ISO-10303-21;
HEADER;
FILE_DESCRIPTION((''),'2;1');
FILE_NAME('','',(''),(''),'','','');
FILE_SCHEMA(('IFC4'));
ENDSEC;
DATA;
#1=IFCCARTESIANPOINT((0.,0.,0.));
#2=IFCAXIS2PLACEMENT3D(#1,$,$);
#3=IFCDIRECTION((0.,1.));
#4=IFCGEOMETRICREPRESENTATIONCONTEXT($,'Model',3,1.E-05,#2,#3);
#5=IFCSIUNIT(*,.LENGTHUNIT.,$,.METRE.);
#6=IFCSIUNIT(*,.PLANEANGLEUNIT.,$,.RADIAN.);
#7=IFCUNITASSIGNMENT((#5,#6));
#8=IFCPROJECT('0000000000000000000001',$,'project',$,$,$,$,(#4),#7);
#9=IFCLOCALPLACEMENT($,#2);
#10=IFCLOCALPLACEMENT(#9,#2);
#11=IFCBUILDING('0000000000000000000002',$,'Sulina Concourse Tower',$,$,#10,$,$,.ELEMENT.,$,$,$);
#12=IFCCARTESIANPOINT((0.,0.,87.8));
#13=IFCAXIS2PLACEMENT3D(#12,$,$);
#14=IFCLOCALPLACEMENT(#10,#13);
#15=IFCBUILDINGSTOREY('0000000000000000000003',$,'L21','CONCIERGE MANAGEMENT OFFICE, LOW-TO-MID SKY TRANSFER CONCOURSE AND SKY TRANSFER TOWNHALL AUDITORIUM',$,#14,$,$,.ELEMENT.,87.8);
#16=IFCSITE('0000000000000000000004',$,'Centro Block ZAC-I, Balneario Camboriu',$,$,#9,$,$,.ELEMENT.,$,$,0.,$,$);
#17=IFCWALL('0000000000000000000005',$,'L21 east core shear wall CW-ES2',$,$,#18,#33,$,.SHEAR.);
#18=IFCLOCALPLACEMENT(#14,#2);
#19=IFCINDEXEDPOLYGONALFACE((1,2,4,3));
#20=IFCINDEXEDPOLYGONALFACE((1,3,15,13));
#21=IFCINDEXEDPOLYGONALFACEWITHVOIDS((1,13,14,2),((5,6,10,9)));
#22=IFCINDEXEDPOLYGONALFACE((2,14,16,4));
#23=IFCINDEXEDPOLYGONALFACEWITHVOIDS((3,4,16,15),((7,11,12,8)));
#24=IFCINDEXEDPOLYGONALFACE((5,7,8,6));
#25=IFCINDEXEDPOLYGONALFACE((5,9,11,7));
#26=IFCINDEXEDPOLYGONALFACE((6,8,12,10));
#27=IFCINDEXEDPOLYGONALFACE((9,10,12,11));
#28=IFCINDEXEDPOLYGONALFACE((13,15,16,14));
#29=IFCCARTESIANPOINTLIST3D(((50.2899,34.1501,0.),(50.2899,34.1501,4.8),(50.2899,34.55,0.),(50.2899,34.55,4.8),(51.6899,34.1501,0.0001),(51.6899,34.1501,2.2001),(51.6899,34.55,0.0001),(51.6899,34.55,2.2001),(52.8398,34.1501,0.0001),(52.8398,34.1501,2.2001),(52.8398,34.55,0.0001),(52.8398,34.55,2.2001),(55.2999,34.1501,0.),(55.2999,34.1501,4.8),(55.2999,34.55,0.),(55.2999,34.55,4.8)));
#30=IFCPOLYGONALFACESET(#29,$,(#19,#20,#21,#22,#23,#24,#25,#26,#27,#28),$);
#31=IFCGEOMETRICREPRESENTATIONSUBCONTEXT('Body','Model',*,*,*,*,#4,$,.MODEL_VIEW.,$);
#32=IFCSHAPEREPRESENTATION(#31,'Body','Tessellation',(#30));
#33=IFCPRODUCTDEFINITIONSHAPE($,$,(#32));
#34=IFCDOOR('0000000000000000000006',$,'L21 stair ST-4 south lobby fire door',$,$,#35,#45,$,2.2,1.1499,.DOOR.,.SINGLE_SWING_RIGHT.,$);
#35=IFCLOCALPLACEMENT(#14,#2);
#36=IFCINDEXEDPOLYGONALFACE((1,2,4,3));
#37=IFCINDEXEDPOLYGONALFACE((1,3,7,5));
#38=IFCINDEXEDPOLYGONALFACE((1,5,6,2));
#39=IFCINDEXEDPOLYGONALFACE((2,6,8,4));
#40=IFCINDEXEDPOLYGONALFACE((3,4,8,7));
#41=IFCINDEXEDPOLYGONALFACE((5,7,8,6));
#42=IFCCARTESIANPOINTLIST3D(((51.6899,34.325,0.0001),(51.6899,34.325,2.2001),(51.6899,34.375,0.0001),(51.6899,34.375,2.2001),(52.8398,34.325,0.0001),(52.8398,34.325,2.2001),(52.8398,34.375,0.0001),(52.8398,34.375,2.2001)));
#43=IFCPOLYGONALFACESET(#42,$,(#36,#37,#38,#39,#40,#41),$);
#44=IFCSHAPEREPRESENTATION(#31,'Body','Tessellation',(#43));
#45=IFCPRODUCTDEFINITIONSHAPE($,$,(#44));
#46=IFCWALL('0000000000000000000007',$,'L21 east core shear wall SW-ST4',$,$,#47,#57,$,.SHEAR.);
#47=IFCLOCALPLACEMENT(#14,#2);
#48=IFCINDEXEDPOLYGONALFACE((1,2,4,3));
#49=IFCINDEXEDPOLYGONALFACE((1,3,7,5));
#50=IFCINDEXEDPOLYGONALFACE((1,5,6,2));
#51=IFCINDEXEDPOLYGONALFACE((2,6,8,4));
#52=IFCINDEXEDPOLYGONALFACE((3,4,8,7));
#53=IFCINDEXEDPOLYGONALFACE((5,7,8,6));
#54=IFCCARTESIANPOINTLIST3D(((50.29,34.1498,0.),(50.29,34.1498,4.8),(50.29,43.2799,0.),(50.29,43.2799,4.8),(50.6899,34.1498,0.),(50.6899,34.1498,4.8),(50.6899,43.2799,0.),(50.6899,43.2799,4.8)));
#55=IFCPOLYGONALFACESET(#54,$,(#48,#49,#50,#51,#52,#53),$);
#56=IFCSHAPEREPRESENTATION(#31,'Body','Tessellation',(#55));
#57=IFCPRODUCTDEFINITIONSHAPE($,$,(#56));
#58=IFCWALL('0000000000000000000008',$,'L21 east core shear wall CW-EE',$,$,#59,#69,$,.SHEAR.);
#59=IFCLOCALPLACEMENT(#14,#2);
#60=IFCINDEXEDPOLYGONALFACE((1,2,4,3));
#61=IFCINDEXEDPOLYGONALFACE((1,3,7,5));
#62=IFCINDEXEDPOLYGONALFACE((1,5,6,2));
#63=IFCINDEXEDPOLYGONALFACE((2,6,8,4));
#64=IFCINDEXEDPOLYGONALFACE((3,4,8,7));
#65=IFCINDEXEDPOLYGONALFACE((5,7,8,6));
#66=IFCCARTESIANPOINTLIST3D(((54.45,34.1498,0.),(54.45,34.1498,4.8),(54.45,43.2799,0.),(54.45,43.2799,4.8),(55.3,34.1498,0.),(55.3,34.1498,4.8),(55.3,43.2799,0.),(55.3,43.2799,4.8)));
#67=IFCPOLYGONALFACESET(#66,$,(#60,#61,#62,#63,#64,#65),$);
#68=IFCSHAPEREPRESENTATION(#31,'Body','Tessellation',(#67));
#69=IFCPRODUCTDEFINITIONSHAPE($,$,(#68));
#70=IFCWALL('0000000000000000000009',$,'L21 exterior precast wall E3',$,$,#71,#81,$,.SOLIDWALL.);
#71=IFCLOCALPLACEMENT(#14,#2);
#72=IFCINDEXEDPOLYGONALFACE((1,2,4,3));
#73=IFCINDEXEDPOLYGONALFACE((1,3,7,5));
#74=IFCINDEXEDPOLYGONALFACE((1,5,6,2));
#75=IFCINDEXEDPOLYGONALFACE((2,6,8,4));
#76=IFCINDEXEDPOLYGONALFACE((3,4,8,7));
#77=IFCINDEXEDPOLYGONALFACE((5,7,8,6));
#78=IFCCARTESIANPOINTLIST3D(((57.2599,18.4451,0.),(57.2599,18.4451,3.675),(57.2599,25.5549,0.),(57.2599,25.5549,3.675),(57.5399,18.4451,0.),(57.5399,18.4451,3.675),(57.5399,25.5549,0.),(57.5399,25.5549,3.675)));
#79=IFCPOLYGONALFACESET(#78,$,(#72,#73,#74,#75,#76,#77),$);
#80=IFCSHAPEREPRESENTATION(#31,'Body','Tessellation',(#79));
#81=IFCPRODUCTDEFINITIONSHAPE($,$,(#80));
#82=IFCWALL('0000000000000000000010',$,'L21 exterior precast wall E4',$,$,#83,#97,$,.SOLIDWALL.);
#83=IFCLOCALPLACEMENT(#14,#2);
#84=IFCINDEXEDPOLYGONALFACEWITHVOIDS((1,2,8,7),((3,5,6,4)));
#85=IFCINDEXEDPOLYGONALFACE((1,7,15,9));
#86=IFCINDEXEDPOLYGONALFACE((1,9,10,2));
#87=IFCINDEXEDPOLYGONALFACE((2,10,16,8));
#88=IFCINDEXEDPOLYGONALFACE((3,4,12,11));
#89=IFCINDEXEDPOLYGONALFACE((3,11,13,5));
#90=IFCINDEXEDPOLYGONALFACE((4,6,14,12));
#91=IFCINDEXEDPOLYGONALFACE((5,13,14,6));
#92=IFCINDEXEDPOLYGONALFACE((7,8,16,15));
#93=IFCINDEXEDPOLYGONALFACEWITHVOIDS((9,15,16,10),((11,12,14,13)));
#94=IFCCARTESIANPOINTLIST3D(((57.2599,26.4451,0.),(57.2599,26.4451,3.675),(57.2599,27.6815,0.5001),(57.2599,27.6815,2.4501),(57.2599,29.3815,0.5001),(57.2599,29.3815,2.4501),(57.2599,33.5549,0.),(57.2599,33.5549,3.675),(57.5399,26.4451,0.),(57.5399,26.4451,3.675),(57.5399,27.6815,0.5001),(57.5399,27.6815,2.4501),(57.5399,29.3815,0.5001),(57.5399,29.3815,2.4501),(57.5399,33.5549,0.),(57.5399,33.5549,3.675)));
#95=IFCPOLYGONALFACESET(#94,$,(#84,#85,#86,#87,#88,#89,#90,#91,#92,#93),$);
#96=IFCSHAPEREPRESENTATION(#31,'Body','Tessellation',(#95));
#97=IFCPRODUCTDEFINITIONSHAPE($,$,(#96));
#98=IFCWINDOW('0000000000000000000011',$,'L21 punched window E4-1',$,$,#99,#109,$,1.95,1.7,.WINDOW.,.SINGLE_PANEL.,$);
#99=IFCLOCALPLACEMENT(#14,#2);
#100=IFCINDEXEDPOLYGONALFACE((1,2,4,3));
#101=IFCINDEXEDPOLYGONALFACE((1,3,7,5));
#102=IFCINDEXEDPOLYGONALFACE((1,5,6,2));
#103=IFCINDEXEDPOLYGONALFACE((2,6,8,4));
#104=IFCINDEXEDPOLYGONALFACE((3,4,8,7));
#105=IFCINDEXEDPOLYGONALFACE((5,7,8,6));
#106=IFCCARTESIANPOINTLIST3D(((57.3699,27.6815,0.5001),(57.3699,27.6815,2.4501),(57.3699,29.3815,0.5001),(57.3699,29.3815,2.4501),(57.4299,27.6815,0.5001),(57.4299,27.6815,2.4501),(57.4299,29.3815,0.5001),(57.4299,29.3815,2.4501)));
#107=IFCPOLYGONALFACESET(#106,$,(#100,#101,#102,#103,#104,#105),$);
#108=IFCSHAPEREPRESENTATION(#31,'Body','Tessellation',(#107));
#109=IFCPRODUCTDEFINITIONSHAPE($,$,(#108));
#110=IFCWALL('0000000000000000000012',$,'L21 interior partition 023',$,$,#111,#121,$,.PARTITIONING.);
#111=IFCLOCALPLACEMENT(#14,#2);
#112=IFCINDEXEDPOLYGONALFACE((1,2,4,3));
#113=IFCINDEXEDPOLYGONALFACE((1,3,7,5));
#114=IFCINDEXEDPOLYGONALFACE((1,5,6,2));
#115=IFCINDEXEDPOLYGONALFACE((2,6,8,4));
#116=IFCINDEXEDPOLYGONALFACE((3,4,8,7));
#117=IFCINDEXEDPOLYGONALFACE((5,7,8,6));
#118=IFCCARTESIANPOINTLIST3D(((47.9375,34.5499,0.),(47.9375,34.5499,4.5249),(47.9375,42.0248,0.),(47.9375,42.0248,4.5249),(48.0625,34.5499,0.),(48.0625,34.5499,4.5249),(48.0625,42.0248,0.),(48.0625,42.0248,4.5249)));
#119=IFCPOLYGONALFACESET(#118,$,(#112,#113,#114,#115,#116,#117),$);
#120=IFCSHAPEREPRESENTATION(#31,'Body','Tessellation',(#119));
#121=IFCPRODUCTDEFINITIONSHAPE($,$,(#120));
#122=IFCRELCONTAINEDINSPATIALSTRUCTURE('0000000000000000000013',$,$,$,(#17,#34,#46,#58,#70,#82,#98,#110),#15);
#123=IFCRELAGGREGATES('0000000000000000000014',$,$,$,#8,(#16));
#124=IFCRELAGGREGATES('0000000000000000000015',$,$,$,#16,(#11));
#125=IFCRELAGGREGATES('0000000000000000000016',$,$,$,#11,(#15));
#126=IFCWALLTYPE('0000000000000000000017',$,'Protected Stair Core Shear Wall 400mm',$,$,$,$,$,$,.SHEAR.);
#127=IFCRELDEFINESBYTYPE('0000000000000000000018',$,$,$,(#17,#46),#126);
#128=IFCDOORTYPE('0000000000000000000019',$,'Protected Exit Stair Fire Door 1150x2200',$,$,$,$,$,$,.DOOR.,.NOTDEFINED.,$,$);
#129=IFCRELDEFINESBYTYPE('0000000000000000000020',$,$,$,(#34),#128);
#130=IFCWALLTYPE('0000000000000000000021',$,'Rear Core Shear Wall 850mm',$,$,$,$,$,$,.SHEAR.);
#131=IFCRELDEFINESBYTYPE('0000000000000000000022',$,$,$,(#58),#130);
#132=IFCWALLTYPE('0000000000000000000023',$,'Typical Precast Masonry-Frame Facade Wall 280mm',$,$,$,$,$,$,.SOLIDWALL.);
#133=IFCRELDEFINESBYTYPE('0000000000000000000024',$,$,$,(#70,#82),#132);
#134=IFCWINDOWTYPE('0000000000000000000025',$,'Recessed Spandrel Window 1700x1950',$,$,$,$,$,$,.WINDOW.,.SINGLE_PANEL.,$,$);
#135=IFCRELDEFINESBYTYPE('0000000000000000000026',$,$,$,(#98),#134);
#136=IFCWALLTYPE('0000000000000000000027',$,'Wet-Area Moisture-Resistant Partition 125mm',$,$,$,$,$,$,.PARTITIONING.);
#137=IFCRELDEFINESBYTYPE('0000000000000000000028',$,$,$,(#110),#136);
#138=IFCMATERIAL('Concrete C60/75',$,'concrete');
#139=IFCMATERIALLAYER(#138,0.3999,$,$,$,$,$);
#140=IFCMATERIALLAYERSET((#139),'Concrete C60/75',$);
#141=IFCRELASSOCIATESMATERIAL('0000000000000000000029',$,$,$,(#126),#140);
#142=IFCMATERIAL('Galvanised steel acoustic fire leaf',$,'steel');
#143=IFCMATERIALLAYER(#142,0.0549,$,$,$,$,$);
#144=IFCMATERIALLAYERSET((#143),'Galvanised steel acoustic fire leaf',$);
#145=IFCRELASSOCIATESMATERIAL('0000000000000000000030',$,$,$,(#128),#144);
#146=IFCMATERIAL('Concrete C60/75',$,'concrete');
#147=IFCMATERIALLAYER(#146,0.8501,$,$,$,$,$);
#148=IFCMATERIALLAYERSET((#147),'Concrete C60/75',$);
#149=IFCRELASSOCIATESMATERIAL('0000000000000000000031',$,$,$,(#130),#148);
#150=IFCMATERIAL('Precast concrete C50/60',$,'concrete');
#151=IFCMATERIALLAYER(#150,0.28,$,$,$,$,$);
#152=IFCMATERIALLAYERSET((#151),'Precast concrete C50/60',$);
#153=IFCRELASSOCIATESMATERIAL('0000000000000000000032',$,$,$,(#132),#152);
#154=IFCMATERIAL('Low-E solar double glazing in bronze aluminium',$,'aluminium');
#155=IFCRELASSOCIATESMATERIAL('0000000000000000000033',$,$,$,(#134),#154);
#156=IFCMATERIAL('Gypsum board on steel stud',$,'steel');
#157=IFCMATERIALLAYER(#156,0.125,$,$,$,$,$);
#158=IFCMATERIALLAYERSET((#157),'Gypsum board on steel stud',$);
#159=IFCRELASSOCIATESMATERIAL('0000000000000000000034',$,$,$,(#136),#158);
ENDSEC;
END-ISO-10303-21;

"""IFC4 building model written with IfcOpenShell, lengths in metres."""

from ifc_helpers import new_model, si_unit, direction, frame, frame_2d, origin, place, context, subcontext, project, spatial, rectangle, extrude, material, layer, layer_set, type_object, element, fill, save


model = new_model("IFC4")

# Units and contexts
model_context = context("Model", 3, precision=1e-05, world=origin(), true_north=direction((0.0, 1.0)))
body_context = subcontext(model_context, "Body", "Model", "MODEL_VIEW")
ifc_project = project(units=[si_unit("LENGTHUNIT", "METRE"), si_unit("PLANEANGLEUNIT", "RADIAN")], contexts=[model_context])

# Site, building, storey
site_placement = place(None, origin())
site = spatial("IfcSite", under=ifc_project, at=site_placement, Name="Centro Block ZAC-I, Balneario Camboriu", CompositionType="ELEMENT", RefElevation=0.0)
building_placement = place(site_placement, origin())
building = spatial("IfcBuilding", under=site, at=building_placement, Name="Sulina Concourse Tower", CompositionType="ELEMENT")
storey_placement = place(building_placement, frame((0.0, 0.0, 87.8)))
storey = spatial("IfcBuildingStorey", under=building, at=storey_placement, Name="L21", Description="CONCIERGE MANAGEMENT OFFICE, LOW-TO-MID SKY TRANSFER CONCOURSE AND SKY TRANSFER TOWNHALL AUDITORIUM", CompositionType="ELEMENT", Elevation=87.8)

# Shared definitions
ifc_material_1 = material(Name="Concrete C60/75", Category="concrete")
ifc_layer_1 = layer(ifc_material_1, 0.3999)
ifc_layer_set_1 = layer_set([ifc_layer_1], Name="Concrete C60/75")
wall_type_1 = type_object("IfcWallType", Name="Protected Stair Core Shear Wall 400mm", PredefinedType="SHEAR", material=ifc_layer_set_1)

# Wall, opening, door
wall_1_placement = place(storey_placement, frame((50.29, 34.3501, 0.0), z_axis=(0.0, 0.0, 1.0), x_axis=(1.0, 0.0, 0.0)))
wall_1 = element("IfcWall", 1, at=wall_1_placement, inside=storey, type_object=wall_type_1, Name="L21 east core shear wall CW-ES2", PredefinedType="SHEAR", context=body_context, shape_type="SweptSolid", body=[
    extrude(rectangle(XDim=5.01, YDim=0.3999, at=frame_2d((2.5049, 0.0))), origin(), (0.0, 0.0, 1.0), 4.8),
])
opening_1_placement = place(wall_1_placement, frame((1.3999, 0.0, 0.0)))
opening_1 = element("IfcOpeningElement", 2, at=opening_1_placement, cuts=wall_1, PredefinedType="OPENING", context=body_context, shape_type="SweptSolid", body=[
    extrude(rectangle(XDim=1.1499, YDim=2.2, at=frame_2d((0.575, 1.1001))), frame((0.0, 0.21, 0.0), z_axis=(0.0, -1.0, 0.0), x_axis=(1.0, 0.0, 0.0)), (0.0, 0.0, 1.0), 0.4199),
])
ifc_material_2 = material(Name="Galvanised steel acoustic fire leaf", Category="steel")
ifc_layer_2 = layer(ifc_material_2, 0.0549)
ifc_layer_set_2 = layer_set([ifc_layer_2], Name="Galvanised steel acoustic fire leaf")
door_type_1 = type_object("IfcDoorType", Name="Protected Exit Stair Fire Door 1150x2200", OperationType="NOTDEFINED", PredefinedType="DOOR", material=ifc_layer_set_2)
door_1_placement = place(opening_1_placement, origin())
door_1 = element("IfcDoor", 3, at=door_1_placement, inside=storey, type_object=door_type_1, Name="L21 stair ST-4 south lobby fire door", OperationType="SINGLE_SWING_RIGHT", OverallHeight=2.2, OverallWidth=1.1499, PredefinedType="DOOR", context=body_context, shape_type="SweptSolid", body=[
    extrude(rectangle(XDim=1.1499, YDim=2.2, at=frame_2d((0.575, 1.1001))), frame((0.0, 0.0249, 0.0), z_axis=(0.0, -1.0, 0.0), x_axis=(1.0, 0.0, 0.0)), (0.0, 0.0, 1.0), 0.05),
])
fill(opening_1, door_1)

# Walls
wall_2_placement = place(storey_placement, frame((50.49, 34.1499, 0.0), z_axis=(0.0, 0.0, 1.0), x_axis=(0.0, 1.0, 0.0)))
element("IfcWall", 4, at=wall_2_placement, inside=storey, type_object=wall_type_1, Name="L21 east core shear wall SW-ST4", PredefinedType="SHEAR", context=body_context, shape_type="SweptSolid", body=[
    extrude(rectangle(XDim=9.1301, YDim=0.3999, at=frame_2d((4.5649, 0.0))), origin(), (0.0, 0.0, 1.0), 4.8),
])
ifc_material_3 = material(Name="Concrete C60/75", Category="concrete")
ifc_layer_3 = layer(ifc_material_3, 0.8501)
ifc_layer_set_3 = layer_set([ifc_layer_3], Name="Concrete C60/75")
wall_type_2 = type_object("IfcWallType", Name="Rear Core Shear Wall 850mm", PredefinedType="SHEAR", material=ifc_layer_set_3)
wall_3_placement = place(storey_placement, frame((54.875, 34.1499, 0.0), z_axis=(0.0, 0.0, 1.0), x_axis=(0.0, 1.0, 0.0)))
element("IfcWall", 5, at=wall_3_placement, inside=storey, type_object=wall_type_2, Name="L21 east core shear wall CW-EE", PredefinedType="SHEAR", context=body_context, shape_type="SweptSolid", body=[
    extrude(rectangle(XDim=9.1301, YDim=0.8501, at=frame_2d((4.5649, 0.0))), origin(), (0.0, 0.0, 1.0), 4.8),
])
ifc_material_4 = material(Name="Precast concrete C50/60", Category="concrete")
ifc_layer_4 = layer(ifc_material_4, 0.28)
ifc_layer_set_4 = layer_set([ifc_layer_4], Name="Precast concrete C50/60")
wall_type_3 = type_object("IfcWallType", Name="Typical Precast Masonry-Frame Facade Wall 280mm", PredefinedType="SOLIDWALL", material=ifc_layer_set_4)
wall_4_placement = place(storey_placement, frame((57.3999, 25.5549, 0.0), z_axis=(0.0, 0.0, 1.0), x_axis=(0.0, -1.0, 0.0)))
element("IfcWall", 6, at=wall_4_placement, inside=storey, type_object=wall_type_3, Name="L21 exterior precast wall E3", PredefinedType="SOLIDWALL", context=body_context, shape_type="SweptSolid", body=[
    extrude(rectangle(XDim=7.1099, YDim=0.28, at=frame_2d((3.5549, 0.0))), origin(), (0.0, 0.0, 1.0), 3.675),
])

# Wall, opening, window
wall_5_placement = place(storey_placement, frame((57.3999, 33.5549, 0.0), z_axis=(0.0, 0.0, 1.0), x_axis=(0.0, -1.0, 0.0)))
wall_5 = element("IfcWall", 7, at=wall_5_placement, inside=storey, type_object=wall_type_3, Name="L21 exterior precast wall E4", PredefinedType="SOLIDWALL", context=body_context, shape_type="SweptSolid", body=[
    extrude(rectangle(XDim=7.1099, YDim=0.28, at=frame_2d((3.5549, 0.0))), origin(), (0.0, 0.0, 1.0), 3.675),
])
opening_2_placement = place(wall_5_placement, frame((4.1733, 0.0, 0.5)))
opening_2 = element("IfcOpeningElement", 8, at=opening_2_placement, cuts=wall_5, PredefinedType="OPENING", context=body_context, shape_type="SweptSolid", body=[
    extrude(rectangle(XDim=1.7, YDim=1.95, at=frame_2d((0.8501, 0.9751))), frame((0.0, 0.1499, 0.0), z_axis=(0.0, -1.0, 0.0), x_axis=(1.0, 0.0, 0.0)), (0.0, 0.0, 1.0), 0.3),
])
ifc_material_5 = material(Name="Low-E solar double glazing in bronze aluminium", Category="aluminium")
window_type = type_object("IfcWindowType", Name="Recessed Spandrel Window 1700x1950", PartitioningType="SINGLE_PANEL", PredefinedType="WINDOW", material=ifc_material_5)
window_placement = place(opening_2_placement, origin())
window = element("IfcWindow", 9, at=window_placement, inside=storey, type_object=window_type, Name="L21 punched window E4-1", OverallHeight=1.95, OverallWidth=1.7, PartitioningType="SINGLE_PANEL", PredefinedType="WINDOW", context=body_context, shape_type="SweptSolid", body=[
    extrude(rectangle(XDim=1.7, YDim=1.95, at=frame_2d((0.8501, 0.9751))), frame((0.0, 0.03, 0.0), z_axis=(0.0, -1.0, 0.0), x_axis=(1.0, 0.0, 0.0)), (0.0, 0.0, 1.0), 0.0601),
])
fill(opening_2, window)

# Wall
ifc_material_6 = material(Name="Gypsum board on steel stud", Category="steel")
ifc_layer_5 = layer(ifc_material_6, 0.125)
ifc_layer_set_5 = layer_set([ifc_layer_5], Name="Gypsum board on steel stud")
wall_type_4 = type_object("IfcWallType", Name="Wet-Area Moisture-Resistant Partition 125mm", PredefinedType="PARTITIONING", material=ifc_layer_set_5)
wall_6_placement = place(storey_placement, frame((48.0, 34.55, 0.0), z_axis=(0.0, 0.0, 1.0), x_axis=(0.0, 1.0, 0.0)))
element("IfcWall", 10, at=wall_6_placement, inside=storey, type_object=wall_type_4, Name="L21 interior partition 023", PredefinedType="PARTITIONING", context=body_context, shape_type="SweptSolid", body=[
    extrude(rectangle(XDim=7.4749, YDim=0.125, at=frame_2d((3.7373, 0.0))), origin(), (0.0, 0.0, 1.0), 4.5249),
])

save(model, "model.ifc")
